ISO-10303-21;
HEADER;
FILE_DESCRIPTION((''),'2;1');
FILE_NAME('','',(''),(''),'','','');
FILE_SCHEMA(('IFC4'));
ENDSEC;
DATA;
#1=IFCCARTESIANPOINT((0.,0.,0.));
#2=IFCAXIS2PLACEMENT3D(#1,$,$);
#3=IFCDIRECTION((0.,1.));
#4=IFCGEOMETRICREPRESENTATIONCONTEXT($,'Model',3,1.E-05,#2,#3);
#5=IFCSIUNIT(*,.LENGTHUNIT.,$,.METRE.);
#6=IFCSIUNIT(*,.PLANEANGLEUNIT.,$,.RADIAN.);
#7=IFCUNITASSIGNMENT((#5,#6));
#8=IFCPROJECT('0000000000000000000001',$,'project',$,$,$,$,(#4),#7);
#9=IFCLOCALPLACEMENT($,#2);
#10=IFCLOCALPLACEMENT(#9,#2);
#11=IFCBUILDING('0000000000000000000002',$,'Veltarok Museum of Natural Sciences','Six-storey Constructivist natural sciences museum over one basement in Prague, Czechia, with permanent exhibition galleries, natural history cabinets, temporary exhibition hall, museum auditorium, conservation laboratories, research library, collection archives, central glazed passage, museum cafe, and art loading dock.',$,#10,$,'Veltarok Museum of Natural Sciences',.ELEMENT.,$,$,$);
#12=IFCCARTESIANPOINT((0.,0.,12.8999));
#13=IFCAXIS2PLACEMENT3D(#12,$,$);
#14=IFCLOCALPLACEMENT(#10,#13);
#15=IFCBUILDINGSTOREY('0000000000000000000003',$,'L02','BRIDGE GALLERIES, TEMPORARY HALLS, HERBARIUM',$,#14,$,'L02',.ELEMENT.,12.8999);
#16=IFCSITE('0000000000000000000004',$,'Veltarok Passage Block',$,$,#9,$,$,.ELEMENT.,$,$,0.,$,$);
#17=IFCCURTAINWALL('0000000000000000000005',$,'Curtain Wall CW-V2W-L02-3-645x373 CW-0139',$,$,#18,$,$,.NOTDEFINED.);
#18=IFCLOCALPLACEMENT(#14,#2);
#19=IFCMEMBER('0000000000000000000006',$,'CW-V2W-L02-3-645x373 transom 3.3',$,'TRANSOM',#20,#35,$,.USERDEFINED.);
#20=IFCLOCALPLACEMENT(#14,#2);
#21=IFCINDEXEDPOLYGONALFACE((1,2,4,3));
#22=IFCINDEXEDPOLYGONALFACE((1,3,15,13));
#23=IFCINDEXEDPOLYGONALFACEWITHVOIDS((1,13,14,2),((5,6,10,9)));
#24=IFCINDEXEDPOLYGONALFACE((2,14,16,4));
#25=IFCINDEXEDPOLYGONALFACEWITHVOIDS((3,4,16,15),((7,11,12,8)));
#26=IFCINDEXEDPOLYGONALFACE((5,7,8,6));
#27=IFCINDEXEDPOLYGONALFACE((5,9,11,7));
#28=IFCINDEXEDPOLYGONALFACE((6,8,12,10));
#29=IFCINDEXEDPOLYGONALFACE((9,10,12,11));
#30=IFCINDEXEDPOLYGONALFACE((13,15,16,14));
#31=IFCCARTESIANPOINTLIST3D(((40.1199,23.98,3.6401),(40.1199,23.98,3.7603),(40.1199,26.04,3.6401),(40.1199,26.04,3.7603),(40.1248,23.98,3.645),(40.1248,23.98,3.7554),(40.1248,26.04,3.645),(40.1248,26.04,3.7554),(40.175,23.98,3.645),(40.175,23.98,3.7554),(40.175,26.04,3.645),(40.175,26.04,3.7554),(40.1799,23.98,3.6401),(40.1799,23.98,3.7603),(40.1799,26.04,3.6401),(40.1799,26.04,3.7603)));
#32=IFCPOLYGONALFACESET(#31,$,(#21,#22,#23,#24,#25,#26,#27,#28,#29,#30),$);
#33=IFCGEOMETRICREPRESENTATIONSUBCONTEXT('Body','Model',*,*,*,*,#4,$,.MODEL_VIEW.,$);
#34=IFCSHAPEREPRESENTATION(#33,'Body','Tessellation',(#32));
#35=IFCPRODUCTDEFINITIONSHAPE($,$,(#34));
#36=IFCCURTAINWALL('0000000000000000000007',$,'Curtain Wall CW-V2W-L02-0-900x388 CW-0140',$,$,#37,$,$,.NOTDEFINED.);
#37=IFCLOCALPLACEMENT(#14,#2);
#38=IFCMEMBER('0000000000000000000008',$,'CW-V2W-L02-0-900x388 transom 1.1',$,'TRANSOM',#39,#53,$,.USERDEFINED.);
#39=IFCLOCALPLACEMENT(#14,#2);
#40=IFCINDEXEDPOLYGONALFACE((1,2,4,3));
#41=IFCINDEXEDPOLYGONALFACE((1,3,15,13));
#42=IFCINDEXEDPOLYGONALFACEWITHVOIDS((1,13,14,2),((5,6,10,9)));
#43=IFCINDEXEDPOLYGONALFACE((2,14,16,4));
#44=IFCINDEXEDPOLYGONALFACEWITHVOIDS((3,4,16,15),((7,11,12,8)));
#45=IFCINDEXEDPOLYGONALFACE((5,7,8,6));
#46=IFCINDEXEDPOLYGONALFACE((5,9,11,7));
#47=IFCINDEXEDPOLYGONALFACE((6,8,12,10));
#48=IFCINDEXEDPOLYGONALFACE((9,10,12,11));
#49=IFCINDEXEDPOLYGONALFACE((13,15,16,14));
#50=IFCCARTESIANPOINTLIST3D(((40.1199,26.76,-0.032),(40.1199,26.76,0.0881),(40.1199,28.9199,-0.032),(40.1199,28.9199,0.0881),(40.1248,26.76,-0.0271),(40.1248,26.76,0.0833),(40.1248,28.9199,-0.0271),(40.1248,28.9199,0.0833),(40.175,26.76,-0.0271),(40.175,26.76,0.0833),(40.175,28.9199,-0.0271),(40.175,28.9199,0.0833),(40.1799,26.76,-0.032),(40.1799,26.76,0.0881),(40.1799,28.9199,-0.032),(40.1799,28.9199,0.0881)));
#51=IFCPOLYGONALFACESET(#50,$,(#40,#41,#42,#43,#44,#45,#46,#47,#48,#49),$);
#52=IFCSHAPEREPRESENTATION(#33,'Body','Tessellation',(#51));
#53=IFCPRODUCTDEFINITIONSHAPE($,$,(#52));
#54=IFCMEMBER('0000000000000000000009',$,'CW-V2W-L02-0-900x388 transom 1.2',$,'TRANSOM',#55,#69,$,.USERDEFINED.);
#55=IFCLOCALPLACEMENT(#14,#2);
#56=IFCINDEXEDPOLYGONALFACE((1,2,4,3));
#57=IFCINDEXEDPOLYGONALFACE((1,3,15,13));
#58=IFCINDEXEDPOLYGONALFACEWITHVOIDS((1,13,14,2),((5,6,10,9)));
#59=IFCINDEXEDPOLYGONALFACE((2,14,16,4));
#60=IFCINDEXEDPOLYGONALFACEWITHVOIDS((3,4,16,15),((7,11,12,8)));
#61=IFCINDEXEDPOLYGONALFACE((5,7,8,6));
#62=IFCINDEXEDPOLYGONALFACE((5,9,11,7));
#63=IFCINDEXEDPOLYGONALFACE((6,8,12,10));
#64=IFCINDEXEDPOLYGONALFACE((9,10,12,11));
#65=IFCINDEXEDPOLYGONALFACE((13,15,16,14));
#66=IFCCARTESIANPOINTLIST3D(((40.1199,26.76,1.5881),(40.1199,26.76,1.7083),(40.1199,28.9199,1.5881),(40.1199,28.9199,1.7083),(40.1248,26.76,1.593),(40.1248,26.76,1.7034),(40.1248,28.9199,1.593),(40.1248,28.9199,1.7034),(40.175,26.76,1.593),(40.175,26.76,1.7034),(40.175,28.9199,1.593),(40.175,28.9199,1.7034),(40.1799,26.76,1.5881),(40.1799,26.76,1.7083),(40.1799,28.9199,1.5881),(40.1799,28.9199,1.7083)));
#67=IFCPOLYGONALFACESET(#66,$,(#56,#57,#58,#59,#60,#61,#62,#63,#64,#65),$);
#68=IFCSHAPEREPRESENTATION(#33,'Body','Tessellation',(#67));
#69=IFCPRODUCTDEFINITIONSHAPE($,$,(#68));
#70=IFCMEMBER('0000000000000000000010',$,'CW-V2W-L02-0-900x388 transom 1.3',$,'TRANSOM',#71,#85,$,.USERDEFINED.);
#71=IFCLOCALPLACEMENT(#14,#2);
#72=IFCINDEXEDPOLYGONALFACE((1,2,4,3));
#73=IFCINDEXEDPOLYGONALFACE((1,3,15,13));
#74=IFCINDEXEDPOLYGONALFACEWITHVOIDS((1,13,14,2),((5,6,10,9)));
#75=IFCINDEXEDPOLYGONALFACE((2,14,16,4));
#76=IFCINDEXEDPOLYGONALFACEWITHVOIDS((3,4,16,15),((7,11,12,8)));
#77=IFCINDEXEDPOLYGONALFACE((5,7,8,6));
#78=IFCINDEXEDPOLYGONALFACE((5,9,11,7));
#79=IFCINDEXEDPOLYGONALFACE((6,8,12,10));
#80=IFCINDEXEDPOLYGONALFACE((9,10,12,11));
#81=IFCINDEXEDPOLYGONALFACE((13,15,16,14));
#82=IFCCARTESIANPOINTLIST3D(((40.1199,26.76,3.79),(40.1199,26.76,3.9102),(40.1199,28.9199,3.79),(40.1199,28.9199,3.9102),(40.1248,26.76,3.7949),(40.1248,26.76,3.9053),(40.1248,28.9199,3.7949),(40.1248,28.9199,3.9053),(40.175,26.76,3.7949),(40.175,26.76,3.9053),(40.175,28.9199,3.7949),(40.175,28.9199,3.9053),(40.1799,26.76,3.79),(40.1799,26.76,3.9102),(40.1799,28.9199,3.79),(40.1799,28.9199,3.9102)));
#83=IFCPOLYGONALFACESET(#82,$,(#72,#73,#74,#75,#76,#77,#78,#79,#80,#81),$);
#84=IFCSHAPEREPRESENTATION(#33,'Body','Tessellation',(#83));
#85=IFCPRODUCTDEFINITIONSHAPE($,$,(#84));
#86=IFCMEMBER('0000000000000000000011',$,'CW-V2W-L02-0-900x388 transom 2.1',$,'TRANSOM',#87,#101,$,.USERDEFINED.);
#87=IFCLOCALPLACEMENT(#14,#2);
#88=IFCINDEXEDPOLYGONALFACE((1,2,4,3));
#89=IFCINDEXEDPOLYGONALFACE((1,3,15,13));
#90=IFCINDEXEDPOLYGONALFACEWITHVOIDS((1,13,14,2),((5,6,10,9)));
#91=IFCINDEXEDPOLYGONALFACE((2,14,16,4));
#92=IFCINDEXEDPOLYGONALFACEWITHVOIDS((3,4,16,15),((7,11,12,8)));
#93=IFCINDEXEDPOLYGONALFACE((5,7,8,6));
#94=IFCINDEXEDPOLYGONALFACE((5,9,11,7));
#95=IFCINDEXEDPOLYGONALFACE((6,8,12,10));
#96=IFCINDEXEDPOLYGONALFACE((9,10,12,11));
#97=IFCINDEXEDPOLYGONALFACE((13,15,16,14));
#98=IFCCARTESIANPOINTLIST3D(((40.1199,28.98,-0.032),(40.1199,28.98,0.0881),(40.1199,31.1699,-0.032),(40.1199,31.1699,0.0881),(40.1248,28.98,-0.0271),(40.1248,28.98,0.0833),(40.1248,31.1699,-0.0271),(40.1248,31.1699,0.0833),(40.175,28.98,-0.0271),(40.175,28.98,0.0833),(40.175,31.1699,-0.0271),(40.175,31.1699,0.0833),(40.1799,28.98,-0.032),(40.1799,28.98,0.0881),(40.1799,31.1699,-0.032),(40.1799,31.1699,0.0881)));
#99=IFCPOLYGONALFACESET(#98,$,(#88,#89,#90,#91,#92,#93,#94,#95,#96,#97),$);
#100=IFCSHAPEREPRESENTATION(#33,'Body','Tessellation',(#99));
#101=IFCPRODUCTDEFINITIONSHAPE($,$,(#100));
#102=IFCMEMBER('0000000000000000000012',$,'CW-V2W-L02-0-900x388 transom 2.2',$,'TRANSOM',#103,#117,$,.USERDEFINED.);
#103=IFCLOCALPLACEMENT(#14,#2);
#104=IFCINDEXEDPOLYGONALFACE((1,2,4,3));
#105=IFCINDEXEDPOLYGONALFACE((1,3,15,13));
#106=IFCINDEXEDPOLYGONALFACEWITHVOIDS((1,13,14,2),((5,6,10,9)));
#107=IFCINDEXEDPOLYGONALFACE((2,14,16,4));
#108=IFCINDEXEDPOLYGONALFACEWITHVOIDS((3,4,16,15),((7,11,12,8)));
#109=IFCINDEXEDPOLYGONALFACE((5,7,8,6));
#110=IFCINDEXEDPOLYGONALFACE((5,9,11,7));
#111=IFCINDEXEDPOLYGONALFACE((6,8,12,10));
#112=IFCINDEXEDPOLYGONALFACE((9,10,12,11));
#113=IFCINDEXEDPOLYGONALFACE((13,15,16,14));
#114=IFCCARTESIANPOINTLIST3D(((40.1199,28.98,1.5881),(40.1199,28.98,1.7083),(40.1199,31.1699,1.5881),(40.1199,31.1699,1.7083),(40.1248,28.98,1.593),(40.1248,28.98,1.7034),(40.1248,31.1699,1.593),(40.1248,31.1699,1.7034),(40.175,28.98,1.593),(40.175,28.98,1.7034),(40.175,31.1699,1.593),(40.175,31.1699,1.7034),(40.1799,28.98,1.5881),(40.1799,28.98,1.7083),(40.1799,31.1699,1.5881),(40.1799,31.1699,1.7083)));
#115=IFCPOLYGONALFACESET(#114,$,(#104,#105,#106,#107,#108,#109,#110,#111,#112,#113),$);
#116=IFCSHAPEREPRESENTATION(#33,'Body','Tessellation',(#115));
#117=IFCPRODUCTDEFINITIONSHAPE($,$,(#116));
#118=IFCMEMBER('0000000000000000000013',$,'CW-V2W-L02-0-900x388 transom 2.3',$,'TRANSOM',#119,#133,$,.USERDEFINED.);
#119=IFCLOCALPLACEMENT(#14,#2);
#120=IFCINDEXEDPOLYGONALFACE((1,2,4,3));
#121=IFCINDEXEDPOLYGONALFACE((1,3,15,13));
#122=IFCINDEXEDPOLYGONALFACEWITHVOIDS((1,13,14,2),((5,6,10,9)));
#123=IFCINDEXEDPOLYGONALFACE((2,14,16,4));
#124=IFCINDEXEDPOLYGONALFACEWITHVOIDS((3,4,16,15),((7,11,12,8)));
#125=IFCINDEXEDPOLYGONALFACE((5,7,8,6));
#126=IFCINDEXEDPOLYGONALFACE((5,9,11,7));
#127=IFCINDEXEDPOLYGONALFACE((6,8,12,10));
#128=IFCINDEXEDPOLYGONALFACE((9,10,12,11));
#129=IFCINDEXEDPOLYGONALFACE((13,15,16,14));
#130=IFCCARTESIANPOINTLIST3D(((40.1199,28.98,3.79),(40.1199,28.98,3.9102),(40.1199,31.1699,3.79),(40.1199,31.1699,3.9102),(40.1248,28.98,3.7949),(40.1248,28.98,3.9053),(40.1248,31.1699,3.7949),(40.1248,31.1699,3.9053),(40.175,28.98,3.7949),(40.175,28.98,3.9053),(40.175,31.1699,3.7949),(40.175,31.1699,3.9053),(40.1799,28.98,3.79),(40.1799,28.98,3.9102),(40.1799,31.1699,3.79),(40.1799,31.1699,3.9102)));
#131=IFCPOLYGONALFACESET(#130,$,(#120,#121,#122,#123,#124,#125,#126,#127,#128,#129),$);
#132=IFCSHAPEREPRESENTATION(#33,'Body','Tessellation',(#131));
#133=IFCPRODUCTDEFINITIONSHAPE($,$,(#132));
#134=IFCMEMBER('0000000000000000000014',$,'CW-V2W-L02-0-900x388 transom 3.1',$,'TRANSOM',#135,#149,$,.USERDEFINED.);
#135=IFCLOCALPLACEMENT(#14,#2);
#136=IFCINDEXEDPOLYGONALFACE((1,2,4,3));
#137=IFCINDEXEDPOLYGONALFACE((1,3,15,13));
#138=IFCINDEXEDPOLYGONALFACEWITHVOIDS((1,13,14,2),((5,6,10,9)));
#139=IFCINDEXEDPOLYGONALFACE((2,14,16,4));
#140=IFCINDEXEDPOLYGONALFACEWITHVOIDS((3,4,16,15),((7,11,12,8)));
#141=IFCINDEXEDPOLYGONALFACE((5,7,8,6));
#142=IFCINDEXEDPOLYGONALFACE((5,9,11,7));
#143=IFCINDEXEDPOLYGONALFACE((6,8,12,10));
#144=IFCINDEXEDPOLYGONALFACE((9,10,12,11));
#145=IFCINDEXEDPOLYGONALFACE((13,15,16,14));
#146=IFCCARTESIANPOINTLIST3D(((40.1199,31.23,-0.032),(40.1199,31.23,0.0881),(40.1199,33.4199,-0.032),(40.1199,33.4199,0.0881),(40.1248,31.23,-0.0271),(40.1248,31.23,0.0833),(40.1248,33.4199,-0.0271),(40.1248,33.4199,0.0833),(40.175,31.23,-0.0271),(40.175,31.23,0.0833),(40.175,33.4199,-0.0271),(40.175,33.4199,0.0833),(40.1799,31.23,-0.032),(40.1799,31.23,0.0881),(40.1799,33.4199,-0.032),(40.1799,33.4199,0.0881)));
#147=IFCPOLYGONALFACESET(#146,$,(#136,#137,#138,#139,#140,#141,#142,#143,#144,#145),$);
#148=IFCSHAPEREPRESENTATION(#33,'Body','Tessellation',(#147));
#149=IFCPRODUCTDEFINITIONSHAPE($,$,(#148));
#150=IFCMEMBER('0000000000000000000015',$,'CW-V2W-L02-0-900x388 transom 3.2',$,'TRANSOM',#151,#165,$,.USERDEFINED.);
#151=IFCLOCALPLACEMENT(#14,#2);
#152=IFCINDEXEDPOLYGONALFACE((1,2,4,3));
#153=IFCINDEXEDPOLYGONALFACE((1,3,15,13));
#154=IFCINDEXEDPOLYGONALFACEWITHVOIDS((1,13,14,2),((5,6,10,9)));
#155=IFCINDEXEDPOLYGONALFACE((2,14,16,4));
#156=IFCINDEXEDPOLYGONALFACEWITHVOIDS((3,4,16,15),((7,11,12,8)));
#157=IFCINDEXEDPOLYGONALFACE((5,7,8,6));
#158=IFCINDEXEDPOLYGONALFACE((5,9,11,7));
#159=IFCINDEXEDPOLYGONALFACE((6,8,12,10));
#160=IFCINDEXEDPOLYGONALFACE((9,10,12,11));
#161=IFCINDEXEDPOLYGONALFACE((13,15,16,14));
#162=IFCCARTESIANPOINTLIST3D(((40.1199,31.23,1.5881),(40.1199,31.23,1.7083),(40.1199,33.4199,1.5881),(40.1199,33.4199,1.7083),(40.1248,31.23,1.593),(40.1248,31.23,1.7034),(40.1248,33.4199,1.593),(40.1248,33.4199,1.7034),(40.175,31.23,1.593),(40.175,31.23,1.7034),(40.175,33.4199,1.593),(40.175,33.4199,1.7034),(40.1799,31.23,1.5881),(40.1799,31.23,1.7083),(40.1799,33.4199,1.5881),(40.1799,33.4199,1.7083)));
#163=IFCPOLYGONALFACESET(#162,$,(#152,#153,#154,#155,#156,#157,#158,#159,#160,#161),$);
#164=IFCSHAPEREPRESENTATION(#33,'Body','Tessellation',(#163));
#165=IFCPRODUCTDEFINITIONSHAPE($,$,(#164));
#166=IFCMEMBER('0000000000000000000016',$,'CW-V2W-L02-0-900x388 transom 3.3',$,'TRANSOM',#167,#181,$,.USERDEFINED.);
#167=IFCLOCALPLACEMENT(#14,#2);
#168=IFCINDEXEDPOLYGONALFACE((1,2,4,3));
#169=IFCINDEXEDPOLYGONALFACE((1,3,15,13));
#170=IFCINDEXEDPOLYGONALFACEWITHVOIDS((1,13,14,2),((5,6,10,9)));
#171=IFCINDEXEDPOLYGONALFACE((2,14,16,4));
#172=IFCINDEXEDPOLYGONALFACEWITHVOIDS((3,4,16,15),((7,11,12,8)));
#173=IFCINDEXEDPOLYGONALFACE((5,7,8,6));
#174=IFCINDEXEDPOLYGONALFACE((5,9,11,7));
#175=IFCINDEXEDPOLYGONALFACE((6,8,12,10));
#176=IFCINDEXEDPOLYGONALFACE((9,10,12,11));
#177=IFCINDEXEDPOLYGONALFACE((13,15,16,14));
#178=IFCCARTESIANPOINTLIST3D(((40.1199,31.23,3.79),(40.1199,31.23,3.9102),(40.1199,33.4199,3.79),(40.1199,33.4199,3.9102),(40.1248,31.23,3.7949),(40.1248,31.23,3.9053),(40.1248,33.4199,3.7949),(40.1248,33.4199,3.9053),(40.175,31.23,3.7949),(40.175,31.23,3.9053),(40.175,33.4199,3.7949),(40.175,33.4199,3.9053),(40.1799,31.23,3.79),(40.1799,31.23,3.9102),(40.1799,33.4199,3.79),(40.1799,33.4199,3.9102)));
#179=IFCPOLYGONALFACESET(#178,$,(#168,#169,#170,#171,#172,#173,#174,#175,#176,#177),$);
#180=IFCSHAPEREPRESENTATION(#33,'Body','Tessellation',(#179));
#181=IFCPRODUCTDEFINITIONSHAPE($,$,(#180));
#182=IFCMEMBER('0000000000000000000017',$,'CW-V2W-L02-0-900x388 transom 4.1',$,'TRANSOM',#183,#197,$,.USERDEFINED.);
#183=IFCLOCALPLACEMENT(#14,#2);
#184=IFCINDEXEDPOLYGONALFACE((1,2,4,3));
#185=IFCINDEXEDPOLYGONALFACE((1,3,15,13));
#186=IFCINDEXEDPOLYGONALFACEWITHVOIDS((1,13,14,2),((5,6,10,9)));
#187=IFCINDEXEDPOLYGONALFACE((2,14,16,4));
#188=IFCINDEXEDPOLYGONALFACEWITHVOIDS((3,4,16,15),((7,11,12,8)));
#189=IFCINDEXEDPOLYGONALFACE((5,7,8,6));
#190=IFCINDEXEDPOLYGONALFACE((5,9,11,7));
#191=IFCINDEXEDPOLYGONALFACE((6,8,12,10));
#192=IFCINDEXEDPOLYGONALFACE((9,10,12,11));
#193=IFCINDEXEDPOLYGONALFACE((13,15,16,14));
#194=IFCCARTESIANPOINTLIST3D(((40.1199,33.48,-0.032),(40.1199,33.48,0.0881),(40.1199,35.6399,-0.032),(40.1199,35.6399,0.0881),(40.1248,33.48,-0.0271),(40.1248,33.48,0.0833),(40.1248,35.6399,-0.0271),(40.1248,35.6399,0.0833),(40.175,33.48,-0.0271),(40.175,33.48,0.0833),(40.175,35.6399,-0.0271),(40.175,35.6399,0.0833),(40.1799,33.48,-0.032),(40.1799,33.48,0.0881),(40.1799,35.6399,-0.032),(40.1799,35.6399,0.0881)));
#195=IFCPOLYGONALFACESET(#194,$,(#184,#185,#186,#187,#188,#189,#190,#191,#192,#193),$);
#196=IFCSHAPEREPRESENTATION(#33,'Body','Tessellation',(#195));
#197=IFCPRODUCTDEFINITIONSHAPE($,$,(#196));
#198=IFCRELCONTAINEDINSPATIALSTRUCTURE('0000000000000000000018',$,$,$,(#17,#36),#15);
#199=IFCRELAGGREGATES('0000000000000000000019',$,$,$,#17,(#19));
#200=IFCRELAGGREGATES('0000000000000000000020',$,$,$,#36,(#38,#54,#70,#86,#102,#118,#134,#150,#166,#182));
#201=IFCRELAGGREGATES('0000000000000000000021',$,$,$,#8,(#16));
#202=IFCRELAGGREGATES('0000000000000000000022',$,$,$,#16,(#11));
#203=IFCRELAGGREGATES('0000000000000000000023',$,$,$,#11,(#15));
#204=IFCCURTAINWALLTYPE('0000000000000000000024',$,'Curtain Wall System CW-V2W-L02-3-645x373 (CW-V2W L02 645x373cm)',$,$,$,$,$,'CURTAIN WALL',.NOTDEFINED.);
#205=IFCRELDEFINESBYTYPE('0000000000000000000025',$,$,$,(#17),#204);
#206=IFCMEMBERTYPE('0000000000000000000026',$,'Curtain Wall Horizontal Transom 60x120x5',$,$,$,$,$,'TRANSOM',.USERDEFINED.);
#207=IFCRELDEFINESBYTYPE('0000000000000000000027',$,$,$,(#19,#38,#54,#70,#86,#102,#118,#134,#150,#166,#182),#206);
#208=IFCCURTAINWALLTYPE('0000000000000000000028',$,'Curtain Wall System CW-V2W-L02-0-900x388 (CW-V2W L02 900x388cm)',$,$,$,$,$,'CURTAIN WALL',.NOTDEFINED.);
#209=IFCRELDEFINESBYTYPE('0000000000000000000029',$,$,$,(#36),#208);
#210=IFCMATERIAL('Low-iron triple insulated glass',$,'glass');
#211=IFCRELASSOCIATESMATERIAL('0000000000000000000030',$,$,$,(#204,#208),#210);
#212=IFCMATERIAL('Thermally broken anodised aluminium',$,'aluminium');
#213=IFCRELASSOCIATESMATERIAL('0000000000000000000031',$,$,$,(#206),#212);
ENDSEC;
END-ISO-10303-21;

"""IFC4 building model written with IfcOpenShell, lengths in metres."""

from ifc_helpers import new_model, si_unit, direction, frame, origin, origin_2d, place, context, subcontext, project, spatial, hollow_rectangle, extrude, material, material_profile, profile_set, type_object, element, aggregate, save


model = new_model("IFC4")

# Units and contexts
model_context = context("Model", 3, precision=1e-05, world=origin(), true_north=direction((0.0, 1.0)))
body_context = subcontext(model_context, "Body", "Model", "MODEL_VIEW")
ifc_project = project(units=[si_unit("LENGTHUNIT", "METRE"), si_unit("PLANEANGLEUNIT", "RADIAN")], contexts=[model_context])

# Site, building, storey
site_placement = place(None, origin())
site = spatial("IfcSite", under=ifc_project, at=site_placement, Name="Veltarok Passage Block", CompositionType="ELEMENT", RefElevation=0.0)
building_placement = place(site_placement, origin())
building = spatial("IfcBuilding", under=site, at=building_placement, Name="Veltarok Museum of Natural Sciences", Description="Six-storey Constructivist natural sciences museum over one basement in Prague, Czechia, with permanent exhibition galleries, natural history cabinets, temporary exhibition hall, museum auditorium, conservation laboratories, research library, collection archives, central glazed passage, museum cafe, and art loading dock.", LongName="Veltarok Museum of Natural Sciences", CompositionType="ELEMENT")
storey_placement = place(building_placement, frame((0.0, 0.0, 12.8999)))
storey = spatial("IfcBuildingStorey", under=building, at=storey_placement, Name="L02", Description="BRIDGE GALLERIES, TEMPORARY HALLS, HERBARIUM", LongName="L02", CompositionType="ELEMENT", Elevation=12.8999)

# Curtain wall, member
ifc_material_1 = material(Name="Low-iron triple insulated glass", Category="glass")
curtain_wall_type_1 = type_object("IfcCurtainWallType", Name="Curtain Wall System CW-V2W-L02-3-645x373 (CW-V2W L02 645x373cm)", ElementType="CURTAIN WALL", PredefinedType="NOTDEFINED", material=ifc_material_1)
curtain_wall_1_placement = place(storey_placement, origin())
curtain_wall_1 = element("IfcCurtainWall", 1, at=curtain_wall_1_placement, inside=storey, type_object=curtain_wall_type_1, Name="Curtain Wall CW-V2W-L02-3-645x373 CW-0139", PredefinedType="NOTDEFINED")
ifc_material_2 = material(Name="Thermally broken anodised aluminium", Category="aluminium")
ifc_material_profile_1 = material_profile(ifc_material_2, hollow_rectangle(XDim=0.0601, YDim=0.1201, WallThickness=0.0049, at=origin_2d()), Name="CW TRANSOM 60x120x5")
ifc_profile_set_1 = profile_set([ifc_material_profile_1], Name="Thermally broken anodised aluminium")
member_type_1 = type_object("IfcMemberType", Name="Curtain Wall Horizontal Transom 60x120x5", ElementType="TRANSOM", PredefinedType="USERDEFINED", material=ifc_profile_set_1)
member_1_placement = place(storey_placement, frame((40.1499, 23.98, 3.7002), z_axis=(0.0, 1.0, 0.0), x_axis=(-1.0, 0.0, 0.0)))
member_1 = element("IfcMember", 2, at=member_1_placement, type_object=member_type_1, Name="CW-V2W-L02-3-645x373 transom 3.3", ObjectType="TRANSOM", PredefinedType="USERDEFINED", context=body_context, shape_type="SweptSolid", body=[
    extrude(hollow_rectangle(XDim=0.0601, YDim=0.1201, WallThickness=0.0049, at=origin_2d()), origin(), (0.0, 0.0, 1.0), 2.0601),
])

# Curtain wall, members
curtain_wall_type_2 = type_object("IfcCurtainWallType", Name="Curtain Wall System CW-V2W-L02-0-900x388 (CW-V2W L02 900x388cm)", ElementType="CURTAIN WALL", PredefinedType="NOTDEFINED", material=ifc_material_1)
curtain_wall_2_placement = place(storey_placement, origin())
curtain_wall_2 = element("IfcCurtainWall", 3, at=curtain_wall_2_placement, inside=storey, type_object=curtain_wall_type_2, Name="Curtain Wall CW-V2W-L02-0-900x388 CW-0140", PredefinedType="NOTDEFINED")
member_2_placement = place(storey_placement, frame((40.1499, 26.76, 0.0281), z_axis=(0.0, 1.0, 0.0), x_axis=(-1.0, 0.0, 0.0)))
member_2 = element("IfcMember", 4, at=member_2_placement, type_object=member_type_1, Name="CW-V2W-L02-0-900x388 transom 1.1", ObjectType="TRANSOM", PredefinedType="USERDEFINED", context=body_context, shape_type="SweptSolid", body=[
    extrude(hollow_rectangle(XDim=0.0601, YDim=0.1201, WallThickness=0.0049, at=origin_2d()), origin(), (0.0, 0.0, 1.0), 2.1599),
])
member_3_placement = place(storey_placement, frame((40.1499, 26.76, 1.6482), z_axis=(0.0, 1.0, 0.0), x_axis=(-1.0, 0.0, 0.0)))
member_3 = element("IfcMember", 5, at=member_3_placement, type_object=member_type_1, Name="CW-V2W-L02-0-900x388 transom 1.2", ObjectType="TRANSOM", PredefinedType="USERDEFINED", context=body_context, shape_type="SweptSolid", body=[
    extrude(hollow_rectangle(XDim=0.0601, YDim=0.1201, WallThickness=0.0049, at=origin_2d()), origin(), (0.0, 0.0, 1.0), 2.1599),
])
member_4_placement = place(storey_placement, frame((40.1499, 26.76, 3.8501), z_axis=(0.0, 1.0, 0.0), x_axis=(-1.0, 0.0, 0.0)))
member_4 = element("IfcMember", 6, at=member_4_placement, type_object=member_type_1, Name="CW-V2W-L02-0-900x388 transom 1.3", ObjectType="TRANSOM", PredefinedType="USERDEFINED", context=body_context, shape_type="SweptSolid", body=[
    extrude(hollow_rectangle(XDim=0.0601, YDim=0.1201, WallThickness=0.0049, at=origin_2d()), origin(), (0.0, 0.0, 1.0), 2.1599),
])
member_5_placement = place(storey_placement, frame((40.1499, 28.98, 0.0281), z_axis=(0.0, 1.0, 0.0), x_axis=(-1.0, 0.0, 0.0)))
member_5 = element("IfcMember", 7, at=member_5_placement, type_object=member_type_1, Name="CW-V2W-L02-0-900x388 transom 2.1", ObjectType="TRANSOM", PredefinedType="USERDEFINED", context=body_context, shape_type="SweptSolid", body=[
    extrude(hollow_rectangle(XDim=0.0601, YDim=0.1201, WallThickness=0.0049, at=origin_2d()), origin(), (0.0, 0.0, 1.0), 2.1899),
])
member_6_placement = place(storey_placement, frame((40.1499, 28.98, 1.6482), z_axis=(0.0, 1.0, 0.0), x_axis=(-1.0, 0.0, 0.0)))
member_6 = element("IfcMember", 8, at=member_6_placement, type_object=member_type_1, Name="CW-V2W-L02-0-900x388 transom 2.2", ObjectType="TRANSOM", PredefinedType="USERDEFINED", context=body_context, shape_type="SweptSolid", body=[
    extrude(hollow_rectangle(XDim=0.0601, YDim=0.1201, WallThickness=0.0049, at=origin_2d()), origin(), (0.0, 0.0, 1.0), 2.1899),
])
member_7_placement = place(storey_placement, frame((40.1499, 28.98, 3.8501), z_axis=(0.0, 1.0, 0.0), x_axis=(-1.0, 0.0, 0.0)))
member_7 = element("IfcMember", 9, at=member_7_placement, type_object=member_type_1, Name="CW-V2W-L02-0-900x388 transom 2.3", ObjectType="TRANSOM", PredefinedType="USERDEFINED", context=body_context, shape_type="SweptSolid", body=[
    extrude(hollow_rectangle(XDim=0.0601, YDim=0.1201, WallThickness=0.0049, at=origin_2d()), origin(), (0.0, 0.0, 1.0), 2.1899),
])
member_8_placement = place(storey_placement, frame((40.1499, 31.23, 0.0281), z_axis=(0.0, 1.0, 0.0), x_axis=(-1.0, 0.0, 0.0)))
member_8 = element("IfcMember", 10, at=member_8_placement, type_object=member_type_1, Name="CW-V2W-L02-0-900x388 transom 3.1", ObjectType="TRANSOM", PredefinedType="USERDEFINED", context=body_context, shape_type="SweptSolid", body=[
    extrude(hollow_rectangle(XDim=0.0601, YDim=0.1201, WallThickness=0.0049, at=origin_2d()), origin(), (0.0, 0.0, 1.0), 2.1899),
])
member_9_placement = place(storey_placement, frame((40.1499, 31.23, 1.6482), z_axis=(0.0, 1.0, 0.0), x_axis=(-1.0, 0.0, 0.0)))
member_9 = element("IfcMember", 11, at=member_9_placement, type_object=member_type_1, Name="CW-V2W-L02-0-900x388 transom 3.2", ObjectType="TRANSOM", PredefinedType="USERDEFINED", context=body_context, shape_type="SweptSolid", body=[
    extrude(hollow_rectangle(XDim=0.0601, YDim=0.1201, WallThickness=0.0049, at=origin_2d()), origin(), (0.0, 0.0, 1.0), 2.1899),
])
member_10_placement = place(storey_placement, frame((40.1499, 31.23, 3.8501), z_axis=(0.0, 1.0, 0.0), x_axis=(-1.0, 0.0, 0.0)))
member_10 = element("IfcMember", 12, at=member_10_placement, type_object=member_type_1, Name="CW-V2W-L02-0-900x388 transom 3.3", ObjectType="TRANSOM", PredefinedType="USERDEFINED", context=body_context, shape_type="SweptSolid", body=[
    extrude(hollow_rectangle(XDim=0.0601, YDim=0.1201, WallThickness=0.0049, at=origin_2d()), origin(), (0.0, 0.0, 1.0), 2.1899),
])
member_11_placement = place(storey_placement, frame((40.1499, 33.48, 0.0281), z_axis=(0.0, 1.0, 0.0), x_axis=(-1.0, 0.0, 0.0)))
member_11 = element("IfcMember", 13, at=member_11_placement, type_object=member_type_1, Name="CW-V2W-L02-0-900x388 transom 4.1", ObjectType="TRANSOM", PredefinedType="USERDEFINED", context=body_context, shape_type="SweptSolid", body=[
    extrude(hollow_rectangle(XDim=0.0601, YDim=0.1201, WallThickness=0.0049, at=origin_2d()), origin(), (0.0, 0.0, 1.0), 2.1599),
])

aggregate(curtain_wall_1, [member_1])
aggregate(curtain_wall_2, [member_2, member_3, member_4, member_5, member_6, member_7, member_8, member_9, member_10, member_11])

save(model, "model.ifc")
